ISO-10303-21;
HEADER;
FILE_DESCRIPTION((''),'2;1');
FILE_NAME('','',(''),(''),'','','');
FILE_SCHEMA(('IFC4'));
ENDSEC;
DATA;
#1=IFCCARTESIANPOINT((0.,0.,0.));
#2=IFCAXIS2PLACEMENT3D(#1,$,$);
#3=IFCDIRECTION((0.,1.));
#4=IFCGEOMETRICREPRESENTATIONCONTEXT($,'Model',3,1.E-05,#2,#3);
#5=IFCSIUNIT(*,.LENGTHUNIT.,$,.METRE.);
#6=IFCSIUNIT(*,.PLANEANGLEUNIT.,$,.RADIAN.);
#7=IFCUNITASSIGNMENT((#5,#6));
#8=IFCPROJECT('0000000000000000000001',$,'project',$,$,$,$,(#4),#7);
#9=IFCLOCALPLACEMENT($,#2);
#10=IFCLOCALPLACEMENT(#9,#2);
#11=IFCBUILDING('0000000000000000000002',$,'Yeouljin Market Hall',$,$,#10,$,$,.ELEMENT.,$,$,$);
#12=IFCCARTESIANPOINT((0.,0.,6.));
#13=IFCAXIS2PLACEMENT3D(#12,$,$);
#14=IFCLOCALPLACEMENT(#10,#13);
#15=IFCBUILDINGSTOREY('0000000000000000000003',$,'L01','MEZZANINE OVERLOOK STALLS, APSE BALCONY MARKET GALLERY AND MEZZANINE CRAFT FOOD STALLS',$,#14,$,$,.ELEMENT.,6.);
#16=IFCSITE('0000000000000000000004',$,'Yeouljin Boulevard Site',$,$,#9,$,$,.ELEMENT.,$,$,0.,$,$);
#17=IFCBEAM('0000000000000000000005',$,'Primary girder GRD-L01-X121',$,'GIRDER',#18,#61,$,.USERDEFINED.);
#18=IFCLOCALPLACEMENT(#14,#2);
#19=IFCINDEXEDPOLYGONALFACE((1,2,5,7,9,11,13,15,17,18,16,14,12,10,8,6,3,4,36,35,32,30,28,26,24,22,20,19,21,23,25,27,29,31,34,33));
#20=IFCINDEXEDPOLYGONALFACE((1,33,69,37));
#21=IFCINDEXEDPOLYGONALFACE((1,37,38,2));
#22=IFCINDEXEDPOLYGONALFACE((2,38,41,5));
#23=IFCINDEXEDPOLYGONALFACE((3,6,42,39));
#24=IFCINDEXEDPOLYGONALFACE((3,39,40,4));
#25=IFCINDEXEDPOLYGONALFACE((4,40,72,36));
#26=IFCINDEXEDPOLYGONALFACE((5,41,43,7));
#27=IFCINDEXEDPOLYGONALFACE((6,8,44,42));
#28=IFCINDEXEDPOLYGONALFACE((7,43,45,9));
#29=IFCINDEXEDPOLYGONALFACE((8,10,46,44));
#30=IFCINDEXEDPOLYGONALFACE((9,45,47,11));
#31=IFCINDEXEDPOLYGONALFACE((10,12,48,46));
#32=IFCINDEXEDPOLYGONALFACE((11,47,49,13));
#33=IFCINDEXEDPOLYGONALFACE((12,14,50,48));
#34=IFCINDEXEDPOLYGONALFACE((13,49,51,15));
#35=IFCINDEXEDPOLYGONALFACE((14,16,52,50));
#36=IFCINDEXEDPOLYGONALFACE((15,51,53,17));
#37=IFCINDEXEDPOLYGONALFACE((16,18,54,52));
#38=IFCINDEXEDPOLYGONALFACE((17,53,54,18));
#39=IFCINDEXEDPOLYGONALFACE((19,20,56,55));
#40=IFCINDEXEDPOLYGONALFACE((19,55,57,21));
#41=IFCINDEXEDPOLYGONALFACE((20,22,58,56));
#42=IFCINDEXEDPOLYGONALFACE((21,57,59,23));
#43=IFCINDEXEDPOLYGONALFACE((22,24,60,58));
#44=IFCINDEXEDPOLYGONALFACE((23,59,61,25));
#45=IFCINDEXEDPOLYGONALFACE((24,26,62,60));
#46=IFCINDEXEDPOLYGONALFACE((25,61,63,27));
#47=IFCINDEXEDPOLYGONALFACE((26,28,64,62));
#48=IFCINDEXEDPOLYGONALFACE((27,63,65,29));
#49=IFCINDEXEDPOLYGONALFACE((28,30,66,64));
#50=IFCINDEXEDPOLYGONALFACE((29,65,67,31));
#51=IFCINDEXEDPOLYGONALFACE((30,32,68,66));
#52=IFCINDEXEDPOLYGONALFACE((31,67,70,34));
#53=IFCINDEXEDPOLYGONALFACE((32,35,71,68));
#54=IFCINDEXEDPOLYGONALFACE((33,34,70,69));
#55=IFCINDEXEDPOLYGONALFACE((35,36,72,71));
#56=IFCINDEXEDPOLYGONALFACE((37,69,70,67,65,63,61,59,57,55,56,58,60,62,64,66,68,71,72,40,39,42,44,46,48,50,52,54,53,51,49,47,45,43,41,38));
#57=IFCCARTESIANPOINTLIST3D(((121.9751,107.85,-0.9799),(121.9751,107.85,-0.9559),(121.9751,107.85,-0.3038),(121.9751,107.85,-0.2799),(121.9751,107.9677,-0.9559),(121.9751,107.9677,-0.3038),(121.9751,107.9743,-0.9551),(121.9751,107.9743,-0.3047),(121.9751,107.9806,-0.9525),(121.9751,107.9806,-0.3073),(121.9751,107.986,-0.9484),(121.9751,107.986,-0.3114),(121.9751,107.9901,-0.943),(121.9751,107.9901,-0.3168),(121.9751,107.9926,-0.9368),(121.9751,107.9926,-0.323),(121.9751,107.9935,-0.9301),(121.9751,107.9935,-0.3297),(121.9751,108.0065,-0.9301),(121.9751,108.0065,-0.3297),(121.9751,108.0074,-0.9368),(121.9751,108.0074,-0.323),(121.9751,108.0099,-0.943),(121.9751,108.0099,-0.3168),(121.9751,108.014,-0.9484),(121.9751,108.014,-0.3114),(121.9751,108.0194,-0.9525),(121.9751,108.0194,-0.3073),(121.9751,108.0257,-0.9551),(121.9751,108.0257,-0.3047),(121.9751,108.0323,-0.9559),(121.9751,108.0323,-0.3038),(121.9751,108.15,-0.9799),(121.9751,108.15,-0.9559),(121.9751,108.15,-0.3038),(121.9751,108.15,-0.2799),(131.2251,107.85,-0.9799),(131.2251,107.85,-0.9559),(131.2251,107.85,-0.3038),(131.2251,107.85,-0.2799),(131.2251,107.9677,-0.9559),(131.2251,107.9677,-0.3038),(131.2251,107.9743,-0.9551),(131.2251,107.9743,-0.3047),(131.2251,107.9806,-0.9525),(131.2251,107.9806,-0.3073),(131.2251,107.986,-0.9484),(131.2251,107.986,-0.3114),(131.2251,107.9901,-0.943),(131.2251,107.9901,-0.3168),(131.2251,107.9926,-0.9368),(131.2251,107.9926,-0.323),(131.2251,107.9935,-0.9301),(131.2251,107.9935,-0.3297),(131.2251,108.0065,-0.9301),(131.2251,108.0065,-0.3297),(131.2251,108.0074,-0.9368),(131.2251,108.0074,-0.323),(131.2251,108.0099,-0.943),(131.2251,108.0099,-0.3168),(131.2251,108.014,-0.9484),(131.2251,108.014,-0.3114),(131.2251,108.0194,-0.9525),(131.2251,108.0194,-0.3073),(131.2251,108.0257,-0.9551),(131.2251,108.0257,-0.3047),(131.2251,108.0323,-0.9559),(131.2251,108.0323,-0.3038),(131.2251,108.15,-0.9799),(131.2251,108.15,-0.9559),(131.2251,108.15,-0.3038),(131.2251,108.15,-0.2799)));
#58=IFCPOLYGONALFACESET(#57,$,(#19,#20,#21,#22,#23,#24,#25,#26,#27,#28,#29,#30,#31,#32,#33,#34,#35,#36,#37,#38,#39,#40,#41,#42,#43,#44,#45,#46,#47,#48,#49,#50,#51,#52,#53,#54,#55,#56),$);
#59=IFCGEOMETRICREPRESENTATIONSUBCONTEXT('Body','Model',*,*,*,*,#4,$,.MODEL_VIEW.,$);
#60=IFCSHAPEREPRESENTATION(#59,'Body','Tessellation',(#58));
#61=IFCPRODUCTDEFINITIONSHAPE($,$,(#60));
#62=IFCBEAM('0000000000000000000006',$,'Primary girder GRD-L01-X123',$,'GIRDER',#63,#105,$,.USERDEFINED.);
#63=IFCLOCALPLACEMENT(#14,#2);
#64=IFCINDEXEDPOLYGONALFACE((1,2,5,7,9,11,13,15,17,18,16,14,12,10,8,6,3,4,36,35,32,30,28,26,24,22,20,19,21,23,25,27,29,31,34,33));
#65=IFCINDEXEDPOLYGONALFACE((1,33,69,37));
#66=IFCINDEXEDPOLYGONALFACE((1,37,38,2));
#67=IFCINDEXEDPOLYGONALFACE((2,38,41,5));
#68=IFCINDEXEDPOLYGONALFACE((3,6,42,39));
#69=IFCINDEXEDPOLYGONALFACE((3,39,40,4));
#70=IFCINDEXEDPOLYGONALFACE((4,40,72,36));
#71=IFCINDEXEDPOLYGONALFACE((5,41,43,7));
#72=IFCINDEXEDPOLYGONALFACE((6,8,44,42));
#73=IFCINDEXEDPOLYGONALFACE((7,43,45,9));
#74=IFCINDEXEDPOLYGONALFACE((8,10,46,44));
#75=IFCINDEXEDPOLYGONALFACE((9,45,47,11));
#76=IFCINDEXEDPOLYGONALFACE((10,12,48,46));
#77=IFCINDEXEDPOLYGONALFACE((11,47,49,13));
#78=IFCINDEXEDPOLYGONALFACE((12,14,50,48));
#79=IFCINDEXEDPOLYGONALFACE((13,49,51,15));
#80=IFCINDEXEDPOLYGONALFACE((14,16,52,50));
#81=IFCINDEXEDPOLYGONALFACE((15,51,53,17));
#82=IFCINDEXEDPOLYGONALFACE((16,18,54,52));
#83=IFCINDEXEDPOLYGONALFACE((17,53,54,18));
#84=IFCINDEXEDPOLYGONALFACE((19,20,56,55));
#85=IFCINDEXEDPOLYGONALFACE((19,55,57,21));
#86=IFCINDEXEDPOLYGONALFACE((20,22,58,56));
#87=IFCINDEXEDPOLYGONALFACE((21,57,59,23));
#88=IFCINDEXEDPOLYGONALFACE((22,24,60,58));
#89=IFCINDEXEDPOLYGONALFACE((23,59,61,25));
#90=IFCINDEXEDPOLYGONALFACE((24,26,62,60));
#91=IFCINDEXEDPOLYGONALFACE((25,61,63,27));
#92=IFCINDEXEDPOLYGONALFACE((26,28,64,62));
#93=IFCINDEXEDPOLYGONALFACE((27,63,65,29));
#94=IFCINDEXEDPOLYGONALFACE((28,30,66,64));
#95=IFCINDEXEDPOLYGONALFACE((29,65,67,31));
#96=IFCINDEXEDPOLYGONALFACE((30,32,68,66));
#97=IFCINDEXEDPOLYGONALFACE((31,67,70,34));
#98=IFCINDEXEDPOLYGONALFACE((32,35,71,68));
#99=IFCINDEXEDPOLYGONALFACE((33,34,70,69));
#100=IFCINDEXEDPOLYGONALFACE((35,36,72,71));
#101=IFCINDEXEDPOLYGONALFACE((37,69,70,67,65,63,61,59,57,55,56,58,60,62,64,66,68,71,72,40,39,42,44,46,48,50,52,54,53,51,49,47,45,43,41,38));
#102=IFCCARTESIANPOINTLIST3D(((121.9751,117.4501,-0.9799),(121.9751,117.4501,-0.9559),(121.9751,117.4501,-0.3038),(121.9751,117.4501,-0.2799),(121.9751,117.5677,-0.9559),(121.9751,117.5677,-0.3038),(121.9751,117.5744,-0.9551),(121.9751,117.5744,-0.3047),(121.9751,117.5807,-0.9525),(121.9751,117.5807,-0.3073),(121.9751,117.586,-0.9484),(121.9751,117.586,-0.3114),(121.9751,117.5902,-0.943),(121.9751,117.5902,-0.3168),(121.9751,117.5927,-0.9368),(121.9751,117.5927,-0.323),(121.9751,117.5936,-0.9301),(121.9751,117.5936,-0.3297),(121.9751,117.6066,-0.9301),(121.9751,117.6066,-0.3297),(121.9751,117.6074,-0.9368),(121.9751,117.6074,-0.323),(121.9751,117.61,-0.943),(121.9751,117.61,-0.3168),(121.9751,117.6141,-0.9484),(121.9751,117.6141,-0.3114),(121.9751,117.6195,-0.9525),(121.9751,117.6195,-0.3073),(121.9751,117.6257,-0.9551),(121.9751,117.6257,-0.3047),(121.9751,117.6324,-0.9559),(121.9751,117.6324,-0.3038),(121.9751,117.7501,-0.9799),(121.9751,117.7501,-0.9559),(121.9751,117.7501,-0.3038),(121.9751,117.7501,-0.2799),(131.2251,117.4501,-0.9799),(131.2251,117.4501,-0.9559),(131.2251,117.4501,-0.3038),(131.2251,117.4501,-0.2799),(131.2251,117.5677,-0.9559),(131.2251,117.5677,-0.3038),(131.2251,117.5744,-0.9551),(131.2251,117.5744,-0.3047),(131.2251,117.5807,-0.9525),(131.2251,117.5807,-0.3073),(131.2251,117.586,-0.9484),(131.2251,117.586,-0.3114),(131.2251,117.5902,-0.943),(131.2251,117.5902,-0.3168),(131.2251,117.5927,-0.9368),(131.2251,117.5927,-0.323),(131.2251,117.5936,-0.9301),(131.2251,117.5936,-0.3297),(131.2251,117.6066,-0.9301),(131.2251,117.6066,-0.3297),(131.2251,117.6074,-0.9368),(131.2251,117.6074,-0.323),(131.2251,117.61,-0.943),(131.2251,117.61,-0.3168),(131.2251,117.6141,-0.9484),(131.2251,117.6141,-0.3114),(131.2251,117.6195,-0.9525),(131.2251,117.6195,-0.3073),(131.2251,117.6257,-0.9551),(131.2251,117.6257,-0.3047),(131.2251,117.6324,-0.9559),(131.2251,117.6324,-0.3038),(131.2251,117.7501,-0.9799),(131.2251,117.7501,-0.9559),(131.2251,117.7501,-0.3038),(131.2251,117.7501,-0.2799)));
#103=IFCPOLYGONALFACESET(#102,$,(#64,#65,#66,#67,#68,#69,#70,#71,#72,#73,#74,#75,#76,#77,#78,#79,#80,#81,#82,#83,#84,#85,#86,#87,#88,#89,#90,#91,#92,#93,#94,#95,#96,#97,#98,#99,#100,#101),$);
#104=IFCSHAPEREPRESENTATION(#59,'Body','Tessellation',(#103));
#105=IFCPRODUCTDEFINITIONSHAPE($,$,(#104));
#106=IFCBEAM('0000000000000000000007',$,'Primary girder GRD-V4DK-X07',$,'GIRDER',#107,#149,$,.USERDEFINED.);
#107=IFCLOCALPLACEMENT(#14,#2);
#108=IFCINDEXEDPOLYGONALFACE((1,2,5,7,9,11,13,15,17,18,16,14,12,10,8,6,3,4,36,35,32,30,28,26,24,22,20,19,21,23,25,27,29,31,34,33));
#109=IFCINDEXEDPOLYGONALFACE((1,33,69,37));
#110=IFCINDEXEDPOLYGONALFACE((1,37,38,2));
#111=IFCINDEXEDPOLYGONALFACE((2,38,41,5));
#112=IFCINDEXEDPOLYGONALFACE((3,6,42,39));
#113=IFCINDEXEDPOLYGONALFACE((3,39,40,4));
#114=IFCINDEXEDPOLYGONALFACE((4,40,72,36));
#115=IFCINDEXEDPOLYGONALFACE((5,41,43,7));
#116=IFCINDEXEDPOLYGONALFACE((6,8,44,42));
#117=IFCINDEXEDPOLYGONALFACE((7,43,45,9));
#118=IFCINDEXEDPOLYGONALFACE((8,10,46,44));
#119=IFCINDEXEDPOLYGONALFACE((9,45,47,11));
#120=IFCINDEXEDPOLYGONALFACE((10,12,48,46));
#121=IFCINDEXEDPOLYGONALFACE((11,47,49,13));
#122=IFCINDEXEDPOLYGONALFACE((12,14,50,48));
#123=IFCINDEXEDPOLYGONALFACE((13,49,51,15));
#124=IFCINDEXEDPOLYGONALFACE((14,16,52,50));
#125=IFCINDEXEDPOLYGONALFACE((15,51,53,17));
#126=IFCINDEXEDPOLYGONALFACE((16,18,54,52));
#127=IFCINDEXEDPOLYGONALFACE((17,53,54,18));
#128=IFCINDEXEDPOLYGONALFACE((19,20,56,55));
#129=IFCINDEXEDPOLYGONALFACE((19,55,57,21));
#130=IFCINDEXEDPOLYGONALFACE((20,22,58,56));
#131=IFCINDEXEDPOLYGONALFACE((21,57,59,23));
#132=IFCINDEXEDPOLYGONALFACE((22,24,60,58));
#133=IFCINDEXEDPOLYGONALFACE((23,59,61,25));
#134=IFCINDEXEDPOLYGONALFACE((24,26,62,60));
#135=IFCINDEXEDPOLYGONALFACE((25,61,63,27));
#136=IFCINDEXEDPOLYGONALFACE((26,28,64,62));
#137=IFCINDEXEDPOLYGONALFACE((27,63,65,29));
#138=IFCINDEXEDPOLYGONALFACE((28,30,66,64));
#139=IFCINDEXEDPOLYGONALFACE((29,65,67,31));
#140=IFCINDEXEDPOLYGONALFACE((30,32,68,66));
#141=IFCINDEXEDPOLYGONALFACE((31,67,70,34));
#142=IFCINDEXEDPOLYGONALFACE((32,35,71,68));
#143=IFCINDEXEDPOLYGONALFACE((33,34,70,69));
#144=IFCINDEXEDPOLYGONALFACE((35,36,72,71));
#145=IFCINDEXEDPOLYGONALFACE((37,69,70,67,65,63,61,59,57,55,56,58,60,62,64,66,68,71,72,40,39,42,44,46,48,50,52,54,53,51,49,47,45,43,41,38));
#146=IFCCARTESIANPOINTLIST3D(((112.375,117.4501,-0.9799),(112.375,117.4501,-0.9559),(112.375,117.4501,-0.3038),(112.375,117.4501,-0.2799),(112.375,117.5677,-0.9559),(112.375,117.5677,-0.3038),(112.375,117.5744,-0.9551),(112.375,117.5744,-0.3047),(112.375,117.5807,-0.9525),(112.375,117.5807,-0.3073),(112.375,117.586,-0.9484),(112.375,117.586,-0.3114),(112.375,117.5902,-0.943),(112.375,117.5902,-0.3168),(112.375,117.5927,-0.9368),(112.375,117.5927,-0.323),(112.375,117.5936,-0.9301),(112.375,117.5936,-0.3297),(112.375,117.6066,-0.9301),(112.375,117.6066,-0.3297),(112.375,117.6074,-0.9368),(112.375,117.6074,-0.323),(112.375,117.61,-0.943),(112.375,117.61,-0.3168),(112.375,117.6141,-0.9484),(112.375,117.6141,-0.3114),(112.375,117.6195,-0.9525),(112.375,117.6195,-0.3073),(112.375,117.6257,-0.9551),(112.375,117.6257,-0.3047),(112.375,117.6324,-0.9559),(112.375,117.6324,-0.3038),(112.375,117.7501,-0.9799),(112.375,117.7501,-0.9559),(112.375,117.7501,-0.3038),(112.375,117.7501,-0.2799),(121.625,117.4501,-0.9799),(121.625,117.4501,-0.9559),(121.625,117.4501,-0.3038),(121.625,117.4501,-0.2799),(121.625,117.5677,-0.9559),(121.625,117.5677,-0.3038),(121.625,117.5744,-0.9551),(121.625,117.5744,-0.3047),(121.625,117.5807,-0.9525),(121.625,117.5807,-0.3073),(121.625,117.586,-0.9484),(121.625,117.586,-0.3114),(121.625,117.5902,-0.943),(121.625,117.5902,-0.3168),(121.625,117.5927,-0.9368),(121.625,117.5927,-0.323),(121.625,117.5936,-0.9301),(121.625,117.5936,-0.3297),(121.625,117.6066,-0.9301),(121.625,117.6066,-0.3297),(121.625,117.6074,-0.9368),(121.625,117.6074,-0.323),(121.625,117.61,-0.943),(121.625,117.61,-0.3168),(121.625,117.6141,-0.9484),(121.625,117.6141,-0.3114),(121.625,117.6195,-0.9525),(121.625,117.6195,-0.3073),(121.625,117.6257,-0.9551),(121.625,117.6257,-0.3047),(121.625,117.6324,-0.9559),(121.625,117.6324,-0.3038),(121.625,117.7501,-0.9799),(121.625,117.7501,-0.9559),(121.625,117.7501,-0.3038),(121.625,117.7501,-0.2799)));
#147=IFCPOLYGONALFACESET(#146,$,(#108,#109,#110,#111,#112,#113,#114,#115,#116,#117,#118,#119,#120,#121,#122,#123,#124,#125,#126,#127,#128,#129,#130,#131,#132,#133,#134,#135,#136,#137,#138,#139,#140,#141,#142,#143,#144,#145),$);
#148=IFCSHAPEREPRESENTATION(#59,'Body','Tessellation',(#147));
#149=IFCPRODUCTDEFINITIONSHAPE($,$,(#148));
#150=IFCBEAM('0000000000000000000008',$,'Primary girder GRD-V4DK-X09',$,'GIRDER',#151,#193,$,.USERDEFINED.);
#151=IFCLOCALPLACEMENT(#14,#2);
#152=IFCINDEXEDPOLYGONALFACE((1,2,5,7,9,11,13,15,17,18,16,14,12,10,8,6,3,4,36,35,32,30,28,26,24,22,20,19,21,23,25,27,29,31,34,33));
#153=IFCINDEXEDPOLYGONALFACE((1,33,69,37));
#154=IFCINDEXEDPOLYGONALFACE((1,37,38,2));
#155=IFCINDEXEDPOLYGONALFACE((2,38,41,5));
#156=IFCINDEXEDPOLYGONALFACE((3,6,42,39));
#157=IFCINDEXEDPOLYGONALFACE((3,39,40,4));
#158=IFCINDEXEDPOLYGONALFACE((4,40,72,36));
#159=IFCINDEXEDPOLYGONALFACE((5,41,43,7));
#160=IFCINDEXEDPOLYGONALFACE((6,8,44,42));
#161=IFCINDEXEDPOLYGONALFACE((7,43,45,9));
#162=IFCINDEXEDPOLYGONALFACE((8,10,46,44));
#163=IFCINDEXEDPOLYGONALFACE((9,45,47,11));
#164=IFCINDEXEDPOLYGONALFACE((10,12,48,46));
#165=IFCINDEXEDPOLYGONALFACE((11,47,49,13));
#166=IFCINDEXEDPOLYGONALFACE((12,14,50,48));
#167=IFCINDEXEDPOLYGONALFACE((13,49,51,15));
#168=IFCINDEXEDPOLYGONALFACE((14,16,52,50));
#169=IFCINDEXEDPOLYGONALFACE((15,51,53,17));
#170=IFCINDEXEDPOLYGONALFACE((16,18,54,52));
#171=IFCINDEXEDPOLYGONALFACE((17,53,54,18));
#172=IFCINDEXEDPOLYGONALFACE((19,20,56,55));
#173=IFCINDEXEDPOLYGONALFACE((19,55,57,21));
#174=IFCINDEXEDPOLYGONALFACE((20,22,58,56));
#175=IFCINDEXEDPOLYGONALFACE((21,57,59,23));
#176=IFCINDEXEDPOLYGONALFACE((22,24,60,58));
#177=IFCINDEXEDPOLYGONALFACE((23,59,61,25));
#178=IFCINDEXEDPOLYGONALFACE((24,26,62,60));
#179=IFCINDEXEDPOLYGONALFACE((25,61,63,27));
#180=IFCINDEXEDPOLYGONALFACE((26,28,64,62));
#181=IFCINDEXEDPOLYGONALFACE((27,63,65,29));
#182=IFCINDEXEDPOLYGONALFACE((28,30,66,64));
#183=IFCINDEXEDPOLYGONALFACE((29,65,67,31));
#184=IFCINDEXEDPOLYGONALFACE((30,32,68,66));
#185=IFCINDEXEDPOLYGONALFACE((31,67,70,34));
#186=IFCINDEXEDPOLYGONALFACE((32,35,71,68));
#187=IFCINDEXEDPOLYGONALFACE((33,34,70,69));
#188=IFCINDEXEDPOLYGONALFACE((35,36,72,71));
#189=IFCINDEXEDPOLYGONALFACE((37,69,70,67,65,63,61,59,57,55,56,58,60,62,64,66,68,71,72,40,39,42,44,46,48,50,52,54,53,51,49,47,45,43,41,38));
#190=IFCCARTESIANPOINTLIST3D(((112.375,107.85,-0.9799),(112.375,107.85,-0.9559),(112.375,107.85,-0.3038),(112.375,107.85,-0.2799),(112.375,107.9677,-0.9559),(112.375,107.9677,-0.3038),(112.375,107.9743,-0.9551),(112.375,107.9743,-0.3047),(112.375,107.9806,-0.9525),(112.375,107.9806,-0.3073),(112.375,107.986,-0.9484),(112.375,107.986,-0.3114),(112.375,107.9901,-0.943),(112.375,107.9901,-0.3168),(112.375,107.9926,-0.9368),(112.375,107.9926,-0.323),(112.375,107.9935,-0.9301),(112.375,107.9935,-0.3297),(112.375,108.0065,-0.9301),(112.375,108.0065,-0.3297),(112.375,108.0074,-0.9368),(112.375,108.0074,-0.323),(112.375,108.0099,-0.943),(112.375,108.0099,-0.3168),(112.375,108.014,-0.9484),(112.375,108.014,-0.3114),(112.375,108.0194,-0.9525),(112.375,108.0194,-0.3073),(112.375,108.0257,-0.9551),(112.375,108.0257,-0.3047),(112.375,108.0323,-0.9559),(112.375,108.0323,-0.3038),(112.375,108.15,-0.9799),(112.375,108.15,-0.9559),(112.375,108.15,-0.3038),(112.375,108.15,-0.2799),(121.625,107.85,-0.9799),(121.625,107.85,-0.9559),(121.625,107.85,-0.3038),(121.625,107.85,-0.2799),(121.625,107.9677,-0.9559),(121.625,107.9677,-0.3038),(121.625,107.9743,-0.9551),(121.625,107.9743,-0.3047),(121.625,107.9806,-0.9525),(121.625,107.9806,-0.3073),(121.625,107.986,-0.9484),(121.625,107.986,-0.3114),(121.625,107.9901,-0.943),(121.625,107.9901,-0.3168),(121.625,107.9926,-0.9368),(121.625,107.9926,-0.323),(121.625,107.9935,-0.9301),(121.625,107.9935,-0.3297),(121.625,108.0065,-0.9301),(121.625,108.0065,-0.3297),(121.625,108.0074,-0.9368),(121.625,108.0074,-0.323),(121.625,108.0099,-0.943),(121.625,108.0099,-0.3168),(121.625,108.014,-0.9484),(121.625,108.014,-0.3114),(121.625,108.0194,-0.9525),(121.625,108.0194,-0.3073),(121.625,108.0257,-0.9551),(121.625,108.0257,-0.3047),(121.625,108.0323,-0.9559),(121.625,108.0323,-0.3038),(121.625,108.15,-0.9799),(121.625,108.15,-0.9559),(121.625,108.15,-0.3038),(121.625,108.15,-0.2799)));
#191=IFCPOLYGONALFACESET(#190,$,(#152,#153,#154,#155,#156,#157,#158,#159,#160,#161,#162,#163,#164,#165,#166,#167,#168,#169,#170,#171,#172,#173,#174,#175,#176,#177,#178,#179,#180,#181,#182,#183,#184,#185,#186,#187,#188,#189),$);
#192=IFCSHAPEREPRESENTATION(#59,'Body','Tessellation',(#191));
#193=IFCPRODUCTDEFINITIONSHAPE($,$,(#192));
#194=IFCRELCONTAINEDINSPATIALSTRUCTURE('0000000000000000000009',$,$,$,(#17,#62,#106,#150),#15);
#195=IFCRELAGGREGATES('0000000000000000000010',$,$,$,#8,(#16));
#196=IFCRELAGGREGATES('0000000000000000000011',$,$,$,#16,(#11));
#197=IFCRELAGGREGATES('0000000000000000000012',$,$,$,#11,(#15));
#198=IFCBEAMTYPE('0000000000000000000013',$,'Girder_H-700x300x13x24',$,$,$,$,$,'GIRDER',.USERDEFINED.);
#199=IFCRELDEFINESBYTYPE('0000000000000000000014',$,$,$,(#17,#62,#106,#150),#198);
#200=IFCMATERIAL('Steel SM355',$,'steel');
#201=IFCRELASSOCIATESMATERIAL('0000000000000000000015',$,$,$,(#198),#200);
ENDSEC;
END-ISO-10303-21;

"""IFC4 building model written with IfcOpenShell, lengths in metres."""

from ifc_helpers import new_model, si_unit, direction, frame, origin, origin_2d, place, context, subcontext, project, spatial, i_section, extrude, material, material_profile, profile_set, type_object, element, save


model = new_model("IFC4")

# Units and contexts
model_context = context("Model", 3, precision=1e-05, world=origin(), true_north=direction((0.0, 1.0)))
body_context = subcontext(model_context, "Body", "Model", "MODEL_VIEW")
ifc_project = project(units=[si_unit("LENGTHUNIT", "METRE"), si_unit("PLANEANGLEUNIT", "RADIAN")], contexts=[model_context])

# Site, building, storey
site_placement = place(None, origin())
site = spatial("IfcSite", under=ifc_project, at=site_placement, Name="Yeouljin Boulevard Site", CompositionType="ELEMENT", RefElevation=0.0)
building_placement = place(site_placement, origin())
building = spatial("IfcBuilding", under=site, at=building_placement, Name="Yeouljin Market Hall", CompositionType="ELEMENT")
storey_placement = place(building_placement, frame((0.0, 0.0, 6.0)))
storey = spatial("IfcBuildingStorey", under=building, at=storey_placement, Name="L01", Description="MEZZANINE OVERLOOK STALLS, APSE BALCONY MARKET GALLERY AND MEZZANINE CRAFT FOOD STALLS", CompositionType="ELEMENT", Elevation=6.0)

# Beams
ifc_material_1 = material(Name="Steel SM355", Category="steel")
ifc_material_profile_1 = material_profile(ifc_material_1, i_section(OverallWidth=0.3, OverallDepth=0.7, WebThickness=0.0129, FlangeThickness=0.0239, FilletRadius=0.0259, at=origin_2d()), Name="H-700x300x13x24")
ifc_profile_set_1 = profile_set([ifc_material_profile_1], Name="Steel SM355")
beam_type_1 = type_object("IfcBeamType", Name="Girder_H-700x300x13x24", ElementType="GIRDER", PredefinedType="USERDEFINED", material=ifc_profile_set_1)
for number, where, z_axis, x_axis, name in (
    (1, (121.9751, 108.0, -0.6299), (1.0, 0.0, 0.0), (0.0, 1.0, 0.0), "Primary girder GRD-L01-X121"),
    (2, (121.9751, 117.6001, -0.6299), (1.0, 0.0, 0.0), (0.0, 1.0, 0.0), "Primary girder GRD-L01-X123"),
    (3, (112.375, 117.6001, -0.6299), (1.0, 0.0, 0.0), (0.0, 1.0, 0.0), "Primary girder GRD-V4DK-X07"),
    (4, (112.375, 108.0, -0.6299), (1.0, 0.0, 0.0), (0.0, 1.0, 0.0), "Primary girder GRD-V4DK-X09"),
):
    element("IfcBeam", number, at=place(storey_placement, frame(where, z_axis=z_axis, x_axis=x_axis)), inside=storey, type_object=beam_type_1, Name=name, ObjectType="GIRDER", PredefinedType="USERDEFINED", context=body_context, shape_type="SweptSolid", body=[
        extrude(i_section(OverallWidth=0.3, OverallDepth=0.7, WebThickness=0.0129, FlangeThickness=0.0239, FilletRadius=0.0259, at=origin_2d()), origin(), (0.0, 0.0, 1.0), 9.25),
    ])

save(model, "model.ifc")
